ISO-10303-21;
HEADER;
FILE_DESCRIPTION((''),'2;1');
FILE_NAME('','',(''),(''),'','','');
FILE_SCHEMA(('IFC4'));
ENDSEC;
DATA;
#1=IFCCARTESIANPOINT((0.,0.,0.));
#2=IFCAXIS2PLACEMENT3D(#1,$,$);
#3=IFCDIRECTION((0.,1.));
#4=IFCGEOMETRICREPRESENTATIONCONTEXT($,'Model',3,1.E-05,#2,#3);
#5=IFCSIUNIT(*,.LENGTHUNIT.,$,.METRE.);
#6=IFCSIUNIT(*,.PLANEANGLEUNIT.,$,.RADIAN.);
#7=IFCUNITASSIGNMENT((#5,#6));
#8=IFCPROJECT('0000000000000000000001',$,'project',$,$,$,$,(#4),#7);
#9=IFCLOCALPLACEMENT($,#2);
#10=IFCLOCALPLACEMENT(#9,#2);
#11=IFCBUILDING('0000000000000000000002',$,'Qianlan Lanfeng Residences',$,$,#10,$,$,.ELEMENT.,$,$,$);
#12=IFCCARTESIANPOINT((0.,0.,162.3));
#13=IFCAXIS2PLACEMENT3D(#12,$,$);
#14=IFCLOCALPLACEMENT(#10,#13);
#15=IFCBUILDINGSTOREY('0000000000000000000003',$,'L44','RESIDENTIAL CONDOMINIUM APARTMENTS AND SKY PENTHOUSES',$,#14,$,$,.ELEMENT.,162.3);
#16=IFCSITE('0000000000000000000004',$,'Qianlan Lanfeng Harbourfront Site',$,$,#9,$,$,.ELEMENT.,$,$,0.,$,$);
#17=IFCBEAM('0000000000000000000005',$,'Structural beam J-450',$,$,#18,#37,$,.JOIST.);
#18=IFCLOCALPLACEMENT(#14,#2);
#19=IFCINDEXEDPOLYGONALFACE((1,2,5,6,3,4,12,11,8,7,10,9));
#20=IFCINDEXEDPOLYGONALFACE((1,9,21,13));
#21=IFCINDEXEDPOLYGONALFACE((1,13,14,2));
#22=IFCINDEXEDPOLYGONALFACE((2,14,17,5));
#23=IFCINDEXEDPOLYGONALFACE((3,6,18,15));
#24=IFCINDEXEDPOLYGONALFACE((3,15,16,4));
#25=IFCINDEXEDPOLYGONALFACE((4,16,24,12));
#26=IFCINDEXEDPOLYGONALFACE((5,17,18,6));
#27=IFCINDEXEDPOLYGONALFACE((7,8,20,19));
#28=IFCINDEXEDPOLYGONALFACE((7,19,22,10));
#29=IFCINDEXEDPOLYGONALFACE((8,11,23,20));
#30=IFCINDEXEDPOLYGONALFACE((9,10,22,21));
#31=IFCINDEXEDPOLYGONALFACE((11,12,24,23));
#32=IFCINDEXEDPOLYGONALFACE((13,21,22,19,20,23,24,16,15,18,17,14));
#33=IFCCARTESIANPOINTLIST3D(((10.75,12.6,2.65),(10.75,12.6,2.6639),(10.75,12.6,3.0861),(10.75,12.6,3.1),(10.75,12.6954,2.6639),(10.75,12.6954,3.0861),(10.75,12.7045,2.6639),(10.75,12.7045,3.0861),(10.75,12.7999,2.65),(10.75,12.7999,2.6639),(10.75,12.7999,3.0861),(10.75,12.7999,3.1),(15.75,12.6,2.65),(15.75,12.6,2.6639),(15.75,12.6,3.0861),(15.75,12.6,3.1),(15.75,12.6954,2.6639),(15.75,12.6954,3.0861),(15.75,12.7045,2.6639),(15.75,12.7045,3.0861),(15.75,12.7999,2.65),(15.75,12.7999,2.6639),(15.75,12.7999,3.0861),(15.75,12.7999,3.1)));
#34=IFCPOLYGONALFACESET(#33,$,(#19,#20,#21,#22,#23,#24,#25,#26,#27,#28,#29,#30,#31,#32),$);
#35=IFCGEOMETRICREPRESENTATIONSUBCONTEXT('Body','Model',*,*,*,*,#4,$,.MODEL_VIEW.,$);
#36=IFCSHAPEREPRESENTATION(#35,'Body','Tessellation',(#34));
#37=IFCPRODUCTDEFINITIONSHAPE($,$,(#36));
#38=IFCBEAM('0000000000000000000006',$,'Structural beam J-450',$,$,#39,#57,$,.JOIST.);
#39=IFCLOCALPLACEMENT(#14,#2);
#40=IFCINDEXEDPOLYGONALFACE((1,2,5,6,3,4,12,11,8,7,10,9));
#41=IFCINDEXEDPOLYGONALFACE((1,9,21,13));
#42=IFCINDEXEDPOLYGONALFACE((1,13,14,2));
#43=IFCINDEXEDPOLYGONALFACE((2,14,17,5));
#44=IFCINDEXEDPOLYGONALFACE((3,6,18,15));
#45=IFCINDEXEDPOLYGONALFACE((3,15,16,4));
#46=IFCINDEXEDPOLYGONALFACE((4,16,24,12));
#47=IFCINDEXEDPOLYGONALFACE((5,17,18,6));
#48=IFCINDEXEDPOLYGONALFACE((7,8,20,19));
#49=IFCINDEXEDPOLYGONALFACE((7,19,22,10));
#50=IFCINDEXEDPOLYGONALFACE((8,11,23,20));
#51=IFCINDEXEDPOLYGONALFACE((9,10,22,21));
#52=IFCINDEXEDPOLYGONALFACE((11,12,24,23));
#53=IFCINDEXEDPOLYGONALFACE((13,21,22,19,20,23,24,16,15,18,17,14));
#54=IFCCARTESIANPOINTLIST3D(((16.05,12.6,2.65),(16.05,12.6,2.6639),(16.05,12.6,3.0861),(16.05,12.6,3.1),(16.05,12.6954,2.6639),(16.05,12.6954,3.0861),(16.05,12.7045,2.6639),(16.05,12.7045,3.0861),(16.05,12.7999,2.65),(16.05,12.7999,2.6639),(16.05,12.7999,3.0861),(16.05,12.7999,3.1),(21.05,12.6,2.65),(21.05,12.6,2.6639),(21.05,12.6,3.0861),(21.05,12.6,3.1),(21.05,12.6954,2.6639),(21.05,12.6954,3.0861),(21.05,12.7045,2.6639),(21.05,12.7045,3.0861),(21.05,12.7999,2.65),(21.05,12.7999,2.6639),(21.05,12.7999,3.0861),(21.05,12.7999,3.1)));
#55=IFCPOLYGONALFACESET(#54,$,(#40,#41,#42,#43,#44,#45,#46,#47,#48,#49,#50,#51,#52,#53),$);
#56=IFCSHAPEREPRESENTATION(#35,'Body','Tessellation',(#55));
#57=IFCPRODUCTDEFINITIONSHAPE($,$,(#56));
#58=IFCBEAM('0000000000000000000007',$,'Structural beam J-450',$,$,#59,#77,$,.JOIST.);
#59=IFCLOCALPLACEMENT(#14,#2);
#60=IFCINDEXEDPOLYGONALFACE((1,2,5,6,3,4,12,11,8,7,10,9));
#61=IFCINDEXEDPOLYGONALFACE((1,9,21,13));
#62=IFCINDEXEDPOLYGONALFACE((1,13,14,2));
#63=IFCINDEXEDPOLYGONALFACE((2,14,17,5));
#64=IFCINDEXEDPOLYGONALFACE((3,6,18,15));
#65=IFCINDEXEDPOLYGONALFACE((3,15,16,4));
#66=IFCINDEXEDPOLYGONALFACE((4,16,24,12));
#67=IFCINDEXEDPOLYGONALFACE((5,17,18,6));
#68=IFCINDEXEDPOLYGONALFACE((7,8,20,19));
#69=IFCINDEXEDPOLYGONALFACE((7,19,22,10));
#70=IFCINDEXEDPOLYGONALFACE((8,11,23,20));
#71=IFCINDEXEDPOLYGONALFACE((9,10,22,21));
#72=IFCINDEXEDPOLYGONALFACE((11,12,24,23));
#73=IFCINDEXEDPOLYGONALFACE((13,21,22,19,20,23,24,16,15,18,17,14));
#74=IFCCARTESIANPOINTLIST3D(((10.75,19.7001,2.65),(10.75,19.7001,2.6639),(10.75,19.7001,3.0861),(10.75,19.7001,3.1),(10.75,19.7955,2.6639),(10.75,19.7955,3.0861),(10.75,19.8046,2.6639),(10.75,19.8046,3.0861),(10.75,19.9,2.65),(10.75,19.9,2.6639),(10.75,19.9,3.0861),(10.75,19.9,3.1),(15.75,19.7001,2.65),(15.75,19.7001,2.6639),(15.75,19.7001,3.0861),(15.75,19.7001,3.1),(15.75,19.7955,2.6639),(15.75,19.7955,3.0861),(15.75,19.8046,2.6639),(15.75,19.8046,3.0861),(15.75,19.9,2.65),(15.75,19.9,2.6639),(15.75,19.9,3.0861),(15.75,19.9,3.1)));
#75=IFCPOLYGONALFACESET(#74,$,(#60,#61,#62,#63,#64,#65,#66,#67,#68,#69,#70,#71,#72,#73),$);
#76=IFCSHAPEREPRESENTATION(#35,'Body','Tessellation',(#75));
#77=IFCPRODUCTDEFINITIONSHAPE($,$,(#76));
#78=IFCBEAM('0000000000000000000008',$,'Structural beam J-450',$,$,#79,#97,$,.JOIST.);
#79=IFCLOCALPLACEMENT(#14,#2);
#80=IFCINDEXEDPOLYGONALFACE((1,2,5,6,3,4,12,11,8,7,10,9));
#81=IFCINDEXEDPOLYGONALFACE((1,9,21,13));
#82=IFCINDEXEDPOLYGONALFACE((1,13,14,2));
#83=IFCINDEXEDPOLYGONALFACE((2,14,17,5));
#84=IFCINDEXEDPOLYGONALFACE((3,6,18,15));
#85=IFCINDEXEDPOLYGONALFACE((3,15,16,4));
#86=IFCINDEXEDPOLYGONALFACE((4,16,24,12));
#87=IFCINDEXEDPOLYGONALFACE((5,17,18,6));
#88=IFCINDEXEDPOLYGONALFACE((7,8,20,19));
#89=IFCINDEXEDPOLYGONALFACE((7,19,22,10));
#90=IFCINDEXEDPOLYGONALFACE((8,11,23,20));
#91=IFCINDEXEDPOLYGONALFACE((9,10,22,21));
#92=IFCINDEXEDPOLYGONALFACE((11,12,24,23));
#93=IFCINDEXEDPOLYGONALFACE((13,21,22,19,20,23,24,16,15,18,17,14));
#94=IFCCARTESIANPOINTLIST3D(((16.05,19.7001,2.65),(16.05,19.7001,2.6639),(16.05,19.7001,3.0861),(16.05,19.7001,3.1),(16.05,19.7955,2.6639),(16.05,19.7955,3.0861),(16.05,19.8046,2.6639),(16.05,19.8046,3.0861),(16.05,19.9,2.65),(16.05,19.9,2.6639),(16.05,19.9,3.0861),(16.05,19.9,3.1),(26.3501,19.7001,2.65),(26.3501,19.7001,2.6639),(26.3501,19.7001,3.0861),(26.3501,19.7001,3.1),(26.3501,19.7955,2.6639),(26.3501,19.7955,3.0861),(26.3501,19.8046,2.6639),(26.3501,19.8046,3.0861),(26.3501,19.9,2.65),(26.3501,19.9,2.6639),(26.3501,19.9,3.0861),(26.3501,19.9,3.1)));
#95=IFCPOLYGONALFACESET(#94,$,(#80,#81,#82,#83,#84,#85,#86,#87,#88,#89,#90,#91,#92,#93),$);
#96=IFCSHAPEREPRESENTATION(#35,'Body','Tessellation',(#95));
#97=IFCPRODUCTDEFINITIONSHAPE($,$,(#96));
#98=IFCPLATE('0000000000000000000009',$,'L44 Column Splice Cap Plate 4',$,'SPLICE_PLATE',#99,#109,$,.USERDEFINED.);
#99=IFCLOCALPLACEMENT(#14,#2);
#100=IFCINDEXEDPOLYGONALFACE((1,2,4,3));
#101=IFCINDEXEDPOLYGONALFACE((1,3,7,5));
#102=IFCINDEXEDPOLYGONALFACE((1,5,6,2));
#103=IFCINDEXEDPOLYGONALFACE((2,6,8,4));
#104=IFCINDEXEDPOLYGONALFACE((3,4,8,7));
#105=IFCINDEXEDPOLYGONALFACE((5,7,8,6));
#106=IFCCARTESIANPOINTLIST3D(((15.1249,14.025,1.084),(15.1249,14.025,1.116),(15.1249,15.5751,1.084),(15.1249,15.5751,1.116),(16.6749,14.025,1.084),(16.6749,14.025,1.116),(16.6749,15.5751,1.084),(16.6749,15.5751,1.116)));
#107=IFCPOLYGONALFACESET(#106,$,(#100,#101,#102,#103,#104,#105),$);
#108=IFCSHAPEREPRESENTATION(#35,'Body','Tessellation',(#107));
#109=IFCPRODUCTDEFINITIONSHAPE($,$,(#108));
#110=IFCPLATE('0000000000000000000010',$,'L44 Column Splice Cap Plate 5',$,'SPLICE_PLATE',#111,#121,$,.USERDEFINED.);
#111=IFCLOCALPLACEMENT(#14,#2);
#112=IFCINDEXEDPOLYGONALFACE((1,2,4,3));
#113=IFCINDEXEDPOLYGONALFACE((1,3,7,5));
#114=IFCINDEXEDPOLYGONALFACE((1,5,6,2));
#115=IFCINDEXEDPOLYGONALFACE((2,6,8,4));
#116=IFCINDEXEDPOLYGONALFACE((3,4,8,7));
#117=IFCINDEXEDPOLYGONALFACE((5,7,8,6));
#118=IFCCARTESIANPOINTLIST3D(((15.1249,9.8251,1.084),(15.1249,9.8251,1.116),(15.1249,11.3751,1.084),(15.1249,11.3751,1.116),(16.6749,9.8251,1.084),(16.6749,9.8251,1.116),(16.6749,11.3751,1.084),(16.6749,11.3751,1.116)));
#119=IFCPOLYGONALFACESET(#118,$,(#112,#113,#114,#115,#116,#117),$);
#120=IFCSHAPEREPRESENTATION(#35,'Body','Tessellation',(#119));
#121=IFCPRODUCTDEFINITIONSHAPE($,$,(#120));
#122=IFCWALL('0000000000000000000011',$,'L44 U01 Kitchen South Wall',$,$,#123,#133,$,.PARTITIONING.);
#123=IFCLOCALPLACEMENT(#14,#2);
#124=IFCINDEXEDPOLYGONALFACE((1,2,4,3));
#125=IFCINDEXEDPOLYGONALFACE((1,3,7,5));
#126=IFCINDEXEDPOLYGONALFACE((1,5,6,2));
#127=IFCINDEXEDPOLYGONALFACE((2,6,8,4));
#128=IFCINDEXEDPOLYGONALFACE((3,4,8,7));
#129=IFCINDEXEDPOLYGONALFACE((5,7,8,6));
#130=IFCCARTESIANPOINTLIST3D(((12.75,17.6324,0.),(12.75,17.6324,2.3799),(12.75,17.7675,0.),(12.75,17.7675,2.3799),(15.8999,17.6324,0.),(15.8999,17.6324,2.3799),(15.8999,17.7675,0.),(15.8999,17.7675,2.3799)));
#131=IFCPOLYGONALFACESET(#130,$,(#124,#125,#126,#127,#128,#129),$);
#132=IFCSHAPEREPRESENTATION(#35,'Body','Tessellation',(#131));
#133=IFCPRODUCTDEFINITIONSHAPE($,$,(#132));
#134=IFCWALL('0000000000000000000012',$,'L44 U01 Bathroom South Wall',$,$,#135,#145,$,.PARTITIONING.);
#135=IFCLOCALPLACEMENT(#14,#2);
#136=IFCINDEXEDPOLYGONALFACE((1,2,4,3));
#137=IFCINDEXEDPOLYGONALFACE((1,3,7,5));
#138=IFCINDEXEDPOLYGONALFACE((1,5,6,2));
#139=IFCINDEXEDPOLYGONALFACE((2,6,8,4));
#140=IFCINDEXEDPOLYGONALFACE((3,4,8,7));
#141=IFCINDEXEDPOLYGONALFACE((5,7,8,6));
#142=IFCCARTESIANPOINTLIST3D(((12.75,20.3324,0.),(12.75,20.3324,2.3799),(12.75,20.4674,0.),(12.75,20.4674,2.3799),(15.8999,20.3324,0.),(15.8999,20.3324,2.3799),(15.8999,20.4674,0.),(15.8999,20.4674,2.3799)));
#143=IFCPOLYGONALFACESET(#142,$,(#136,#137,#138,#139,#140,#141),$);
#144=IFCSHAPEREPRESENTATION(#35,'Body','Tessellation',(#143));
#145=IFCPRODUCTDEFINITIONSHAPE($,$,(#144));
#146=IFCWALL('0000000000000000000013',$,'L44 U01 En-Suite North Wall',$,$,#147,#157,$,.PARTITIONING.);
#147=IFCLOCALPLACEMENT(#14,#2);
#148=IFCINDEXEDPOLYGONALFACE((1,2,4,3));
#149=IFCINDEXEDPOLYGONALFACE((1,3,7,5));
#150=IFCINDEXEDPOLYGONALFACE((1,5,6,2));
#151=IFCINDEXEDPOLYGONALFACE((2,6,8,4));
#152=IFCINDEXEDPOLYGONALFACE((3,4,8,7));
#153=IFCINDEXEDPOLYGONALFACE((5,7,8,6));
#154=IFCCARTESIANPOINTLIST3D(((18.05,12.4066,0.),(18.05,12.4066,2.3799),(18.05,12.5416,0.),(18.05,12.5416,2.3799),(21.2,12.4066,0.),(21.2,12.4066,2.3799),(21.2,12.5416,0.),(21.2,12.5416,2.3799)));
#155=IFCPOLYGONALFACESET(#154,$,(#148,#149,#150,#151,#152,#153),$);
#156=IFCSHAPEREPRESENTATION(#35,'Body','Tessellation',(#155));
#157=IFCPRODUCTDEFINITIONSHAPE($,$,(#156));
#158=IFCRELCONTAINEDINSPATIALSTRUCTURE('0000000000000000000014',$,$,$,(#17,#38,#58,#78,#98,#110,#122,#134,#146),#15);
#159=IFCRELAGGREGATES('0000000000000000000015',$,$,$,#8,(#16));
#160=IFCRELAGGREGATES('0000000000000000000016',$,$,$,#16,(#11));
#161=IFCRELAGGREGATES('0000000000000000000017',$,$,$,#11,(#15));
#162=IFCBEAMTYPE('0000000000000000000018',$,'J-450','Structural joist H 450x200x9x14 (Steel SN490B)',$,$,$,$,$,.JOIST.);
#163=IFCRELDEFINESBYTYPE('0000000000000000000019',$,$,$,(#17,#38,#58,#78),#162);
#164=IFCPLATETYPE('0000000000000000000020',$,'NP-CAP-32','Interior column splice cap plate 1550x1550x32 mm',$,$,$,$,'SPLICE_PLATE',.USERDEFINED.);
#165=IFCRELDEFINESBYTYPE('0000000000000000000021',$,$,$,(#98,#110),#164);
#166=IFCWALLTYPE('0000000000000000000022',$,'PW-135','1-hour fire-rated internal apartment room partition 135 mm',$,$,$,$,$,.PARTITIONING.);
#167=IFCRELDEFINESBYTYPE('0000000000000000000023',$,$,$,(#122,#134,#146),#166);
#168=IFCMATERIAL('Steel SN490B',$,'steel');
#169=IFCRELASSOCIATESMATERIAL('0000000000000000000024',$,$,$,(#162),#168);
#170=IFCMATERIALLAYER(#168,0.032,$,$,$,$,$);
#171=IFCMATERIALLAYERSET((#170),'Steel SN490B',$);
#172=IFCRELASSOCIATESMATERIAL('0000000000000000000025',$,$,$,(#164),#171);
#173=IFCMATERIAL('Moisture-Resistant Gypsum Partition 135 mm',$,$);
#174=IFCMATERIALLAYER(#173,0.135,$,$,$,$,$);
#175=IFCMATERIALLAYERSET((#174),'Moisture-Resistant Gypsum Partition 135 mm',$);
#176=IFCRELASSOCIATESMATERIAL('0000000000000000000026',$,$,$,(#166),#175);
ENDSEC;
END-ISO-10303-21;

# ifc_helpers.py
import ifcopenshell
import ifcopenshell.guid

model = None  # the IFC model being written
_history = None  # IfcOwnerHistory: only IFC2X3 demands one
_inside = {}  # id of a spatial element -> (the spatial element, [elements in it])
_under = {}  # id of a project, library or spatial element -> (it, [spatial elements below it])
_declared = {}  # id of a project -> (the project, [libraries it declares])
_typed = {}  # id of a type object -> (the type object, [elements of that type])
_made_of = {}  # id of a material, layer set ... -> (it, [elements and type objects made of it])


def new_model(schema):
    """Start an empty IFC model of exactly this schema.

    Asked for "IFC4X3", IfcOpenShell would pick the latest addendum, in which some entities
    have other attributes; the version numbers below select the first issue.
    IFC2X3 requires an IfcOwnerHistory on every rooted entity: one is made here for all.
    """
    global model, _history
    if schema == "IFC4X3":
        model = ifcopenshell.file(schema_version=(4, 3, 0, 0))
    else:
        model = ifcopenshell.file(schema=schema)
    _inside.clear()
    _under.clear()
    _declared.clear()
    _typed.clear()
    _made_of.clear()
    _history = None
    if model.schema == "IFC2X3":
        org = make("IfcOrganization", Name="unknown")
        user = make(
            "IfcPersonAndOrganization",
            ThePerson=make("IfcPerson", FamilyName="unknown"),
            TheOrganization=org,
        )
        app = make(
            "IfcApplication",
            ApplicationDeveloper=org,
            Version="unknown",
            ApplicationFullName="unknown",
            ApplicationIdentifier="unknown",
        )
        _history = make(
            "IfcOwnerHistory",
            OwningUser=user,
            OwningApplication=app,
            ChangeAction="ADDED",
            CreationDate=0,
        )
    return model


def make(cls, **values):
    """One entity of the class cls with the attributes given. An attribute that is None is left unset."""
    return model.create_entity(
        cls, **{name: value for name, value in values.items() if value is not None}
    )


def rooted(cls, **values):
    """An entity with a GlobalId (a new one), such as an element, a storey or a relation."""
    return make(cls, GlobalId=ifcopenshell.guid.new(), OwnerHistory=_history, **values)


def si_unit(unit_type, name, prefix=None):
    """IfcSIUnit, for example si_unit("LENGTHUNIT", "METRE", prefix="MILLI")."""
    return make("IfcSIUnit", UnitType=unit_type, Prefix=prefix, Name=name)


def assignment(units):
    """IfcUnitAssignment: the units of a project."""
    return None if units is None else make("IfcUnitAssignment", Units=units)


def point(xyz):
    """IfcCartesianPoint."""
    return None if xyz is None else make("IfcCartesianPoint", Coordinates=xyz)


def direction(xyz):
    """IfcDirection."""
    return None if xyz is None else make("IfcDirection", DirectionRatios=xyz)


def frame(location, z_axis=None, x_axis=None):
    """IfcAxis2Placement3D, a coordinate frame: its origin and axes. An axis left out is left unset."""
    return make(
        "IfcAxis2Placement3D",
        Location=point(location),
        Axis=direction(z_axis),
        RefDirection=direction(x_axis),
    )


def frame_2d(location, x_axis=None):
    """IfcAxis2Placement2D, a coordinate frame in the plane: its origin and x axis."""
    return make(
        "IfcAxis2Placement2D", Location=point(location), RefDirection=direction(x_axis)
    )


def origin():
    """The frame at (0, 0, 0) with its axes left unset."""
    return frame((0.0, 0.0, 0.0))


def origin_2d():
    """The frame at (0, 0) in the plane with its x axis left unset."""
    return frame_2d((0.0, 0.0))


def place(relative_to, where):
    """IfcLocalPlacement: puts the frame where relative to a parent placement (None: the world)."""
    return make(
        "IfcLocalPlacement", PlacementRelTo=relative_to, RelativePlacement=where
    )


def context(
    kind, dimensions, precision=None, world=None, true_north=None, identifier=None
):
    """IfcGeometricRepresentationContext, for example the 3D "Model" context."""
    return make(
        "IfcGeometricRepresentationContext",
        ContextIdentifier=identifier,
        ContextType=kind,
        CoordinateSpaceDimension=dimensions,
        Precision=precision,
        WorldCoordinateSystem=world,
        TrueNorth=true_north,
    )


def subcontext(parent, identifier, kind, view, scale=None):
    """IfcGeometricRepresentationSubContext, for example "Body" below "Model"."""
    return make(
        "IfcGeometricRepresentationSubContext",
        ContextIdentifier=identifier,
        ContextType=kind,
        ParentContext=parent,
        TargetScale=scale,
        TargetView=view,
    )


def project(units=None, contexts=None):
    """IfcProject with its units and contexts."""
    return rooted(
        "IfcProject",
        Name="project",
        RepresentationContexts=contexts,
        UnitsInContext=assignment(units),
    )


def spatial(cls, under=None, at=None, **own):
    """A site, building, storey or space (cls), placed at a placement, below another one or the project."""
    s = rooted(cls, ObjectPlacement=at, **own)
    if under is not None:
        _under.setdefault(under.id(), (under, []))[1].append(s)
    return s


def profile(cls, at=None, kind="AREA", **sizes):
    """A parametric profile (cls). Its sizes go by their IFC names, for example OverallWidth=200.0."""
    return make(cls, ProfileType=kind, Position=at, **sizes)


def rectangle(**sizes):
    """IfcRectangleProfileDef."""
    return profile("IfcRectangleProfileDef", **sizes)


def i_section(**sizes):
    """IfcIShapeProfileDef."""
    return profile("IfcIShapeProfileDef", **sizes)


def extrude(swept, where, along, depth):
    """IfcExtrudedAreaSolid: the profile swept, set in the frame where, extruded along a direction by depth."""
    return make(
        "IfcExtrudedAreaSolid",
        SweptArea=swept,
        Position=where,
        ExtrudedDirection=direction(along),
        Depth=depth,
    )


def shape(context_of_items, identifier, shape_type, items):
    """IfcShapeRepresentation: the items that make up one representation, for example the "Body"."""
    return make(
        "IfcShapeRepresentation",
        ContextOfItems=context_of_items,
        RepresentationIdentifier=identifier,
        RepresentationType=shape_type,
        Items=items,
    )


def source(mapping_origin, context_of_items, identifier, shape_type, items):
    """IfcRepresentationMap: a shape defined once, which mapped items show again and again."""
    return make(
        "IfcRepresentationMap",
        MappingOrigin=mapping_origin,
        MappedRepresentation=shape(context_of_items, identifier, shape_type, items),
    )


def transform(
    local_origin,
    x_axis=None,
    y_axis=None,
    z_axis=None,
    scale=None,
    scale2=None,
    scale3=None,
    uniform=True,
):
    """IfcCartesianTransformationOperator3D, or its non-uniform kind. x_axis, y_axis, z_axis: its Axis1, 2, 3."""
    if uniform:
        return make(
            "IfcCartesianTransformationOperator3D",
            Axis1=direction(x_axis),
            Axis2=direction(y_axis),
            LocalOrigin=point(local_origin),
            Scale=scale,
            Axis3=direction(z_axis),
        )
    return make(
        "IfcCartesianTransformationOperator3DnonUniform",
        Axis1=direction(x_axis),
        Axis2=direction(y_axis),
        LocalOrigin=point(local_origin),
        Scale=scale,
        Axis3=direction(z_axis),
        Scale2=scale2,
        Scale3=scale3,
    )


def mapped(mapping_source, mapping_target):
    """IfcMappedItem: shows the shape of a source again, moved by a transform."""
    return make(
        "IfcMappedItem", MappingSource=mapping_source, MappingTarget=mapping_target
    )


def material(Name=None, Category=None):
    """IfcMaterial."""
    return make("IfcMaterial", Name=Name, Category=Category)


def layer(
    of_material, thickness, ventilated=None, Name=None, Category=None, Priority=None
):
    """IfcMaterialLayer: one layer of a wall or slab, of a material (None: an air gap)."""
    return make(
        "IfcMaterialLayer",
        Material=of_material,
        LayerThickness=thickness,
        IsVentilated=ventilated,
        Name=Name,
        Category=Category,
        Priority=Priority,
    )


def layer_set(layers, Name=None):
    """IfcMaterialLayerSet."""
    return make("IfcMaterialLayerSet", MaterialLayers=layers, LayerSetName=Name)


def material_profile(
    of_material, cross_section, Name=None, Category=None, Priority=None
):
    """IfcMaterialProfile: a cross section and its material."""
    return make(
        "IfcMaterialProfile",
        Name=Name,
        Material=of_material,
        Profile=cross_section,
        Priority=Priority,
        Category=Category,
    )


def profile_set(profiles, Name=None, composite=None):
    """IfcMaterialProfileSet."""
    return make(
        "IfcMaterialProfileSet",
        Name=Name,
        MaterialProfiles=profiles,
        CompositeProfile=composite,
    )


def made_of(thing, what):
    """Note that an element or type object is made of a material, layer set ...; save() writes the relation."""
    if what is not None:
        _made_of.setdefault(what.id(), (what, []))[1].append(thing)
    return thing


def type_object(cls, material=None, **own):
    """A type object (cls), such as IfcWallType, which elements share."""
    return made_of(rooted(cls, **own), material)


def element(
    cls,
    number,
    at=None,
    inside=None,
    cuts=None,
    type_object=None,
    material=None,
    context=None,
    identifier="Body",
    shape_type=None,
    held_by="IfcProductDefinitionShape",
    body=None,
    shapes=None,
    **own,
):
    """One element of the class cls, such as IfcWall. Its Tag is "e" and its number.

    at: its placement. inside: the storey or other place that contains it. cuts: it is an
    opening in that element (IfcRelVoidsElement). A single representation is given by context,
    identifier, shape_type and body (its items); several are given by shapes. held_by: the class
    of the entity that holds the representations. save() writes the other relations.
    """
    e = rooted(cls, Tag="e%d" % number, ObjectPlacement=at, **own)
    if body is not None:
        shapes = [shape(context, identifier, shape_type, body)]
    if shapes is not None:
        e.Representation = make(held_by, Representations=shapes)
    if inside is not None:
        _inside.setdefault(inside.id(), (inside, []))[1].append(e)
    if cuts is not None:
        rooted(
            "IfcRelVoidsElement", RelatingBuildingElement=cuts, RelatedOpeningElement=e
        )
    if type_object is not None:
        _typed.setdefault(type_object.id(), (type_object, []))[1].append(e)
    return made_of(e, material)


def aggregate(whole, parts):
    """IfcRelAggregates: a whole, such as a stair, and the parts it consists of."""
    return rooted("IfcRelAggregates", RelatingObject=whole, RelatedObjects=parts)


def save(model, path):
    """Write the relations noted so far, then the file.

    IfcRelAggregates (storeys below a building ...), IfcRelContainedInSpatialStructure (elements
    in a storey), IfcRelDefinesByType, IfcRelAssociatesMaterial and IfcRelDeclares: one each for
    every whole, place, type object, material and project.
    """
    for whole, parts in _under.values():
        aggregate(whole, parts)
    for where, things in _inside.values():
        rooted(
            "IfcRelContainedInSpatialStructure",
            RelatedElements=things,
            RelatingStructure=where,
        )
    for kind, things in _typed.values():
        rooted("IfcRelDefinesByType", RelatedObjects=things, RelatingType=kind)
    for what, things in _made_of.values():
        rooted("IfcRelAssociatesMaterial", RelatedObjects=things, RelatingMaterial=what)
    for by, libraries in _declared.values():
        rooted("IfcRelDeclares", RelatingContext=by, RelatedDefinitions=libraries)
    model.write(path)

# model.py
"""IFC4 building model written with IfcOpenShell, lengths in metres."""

from ifc_helpers import new_model, si_unit, direction, frame, frame_2d, origin, origin_2d, place, context, subcontext, project, spatial, rectangle, i_section, extrude, source, transform, mapped, material, layer, layer_set, material_profile, profile_set, type_object, element, save


model = new_model("IFC4")

# Units and contexts
model_context = context("Model", 3, precision=1e-05, world=origin(), true_north=direction((0.0, 1.0)))
body_context = subcontext(model_context, "Body", "Model", "MODEL_VIEW")
ifc_project = project(units=[si_unit("LENGTHUNIT", "METRE"), si_unit("PLANEANGLEUNIT", "RADIAN")], contexts=[model_context])

# Site, building, storey
site_placement = place(None, origin())
site = spatial("IfcSite", under=ifc_project, at=site_placement, Name="Qianlan Lanfeng Harbourfront Site", CompositionType="ELEMENT", RefElevation=0.0)
building_placement = place(site_placement, origin())
building = spatial("IfcBuilding", under=site, at=building_placement, Name="Qianlan Lanfeng Residences", CompositionType="ELEMENT")
storey_placement = place(building_placement, frame((0.0, 0.0, 162.3)))
storey = spatial("IfcBuildingStorey", under=building, at=storey_placement, Name="L44", Description="RESIDENTIAL CONDOMINIUM APARTMENTS AND SKY PENTHOUSES", CompositionType="ELEMENT", Elevation=162.3)

# Shared definitions
ifc_material_1 = material(Name="Steel SN490B", Category="steel")

# Beams
ifc_material_profile_1 = material_profile(ifc_material_1, i_section(OverallWidth=0.2, OverallDepth=0.45, WebThickness=0.009, FlangeThickness=0.0139, at=origin_2d()), Name="H 450x200x9x14")
ifc_profile_set_1 = profile_set([ifc_material_profile_1], Name="Steel SN490B")
beam_type_1 = type_object("IfcBeamType", Name="J-450", Description="Structural joist H 450x200x9x14 (Steel SN490B)", PredefinedType="JOIST", material=ifc_profile_set_1)
for number, where, z_axis, x_axis, name in (
    (1, (10.75, 12.7, 2.875), (1.0, 0.0, 0.0), (0.0, 1.0, 0.0), "Structural beam J-450"),
    (2, (16.05, 12.7, 2.875), (1.0, 0.0, 0.0), (0.0, 1.0, 0.0), "Structural beam J-450"),
    (3, (10.75, 19.8, 2.875), (1.0, 0.0, 0.0), (0.0, 1.0, 0.0), "Structural beam J-450"),
):
    element("IfcBeam", number, at=place(storey_placement, frame(where, z_axis=z_axis, x_axis=x_axis)), inside=storey, type_object=beam_type_1, Name=name, PredefinedType="JOIST", context=body_context, shape_type="SweptSolid", body=[
        extrude(i_section(OverallWidth=0.2, OverallDepth=0.45, WebThickness=0.009, FlangeThickness=0.0139, at=origin_2d()), origin(), (0.0, 0.0, 1.0), 5.0),
    ])
beam_1_placement = place(storey_placement, frame((16.05, 19.8, 2.875), z_axis=(1.0, 0.0, 0.0), x_axis=(0.0, 1.0, 0.0)))
element("IfcBeam", 4, at=beam_1_placement, inside=storey, type_object=beam_type_1, Name="Structural beam J-450", PredefinedType="JOIST", context=body_context, shape_type="SweptSolid", body=[
    extrude(i_section(OverallWidth=0.2, OverallDepth=0.45, WebThickness=0.009, FlangeThickness=0.0139, at=origin_2d()), origin(), (0.0, 0.0, 1.0), 10.3),
])

# Plates
ifc_layer_1 = layer(ifc_material_1, 0.032)
ifc_layer_set_1 = layer_set([ifc_layer_1], Name="Steel SN490B")
plate_type = type_object("IfcPlateType", Name="NP-CAP-32", Description="Interior column splice cap plate 1550x1550x32 mm", ElementType="SPLICE_PLATE", PredefinedType="USERDEFINED", material=ifc_layer_set_1)
shared_shape = source(origin(), body_context, "Body", "SweptSolid", [
    extrude(rectangle(XDim=1.55, YDim=1.55, at=origin_2d()), origin(), (0.0, 0.0, 1.0), 0.032),
])
for number, where, z_axis, x_axis, name in (
    (5, (15.8999, 14.8, 1.084), (0.0, 0.0, 1.0), (1.0, 0.0, 0.0), "L44 Column Splice Cap Plate 4"),
    (6, (15.8999, 10.6001, 1.084), (0.0, 0.0, 1.0), (1.0, 0.0, 0.0), "L44 Column Splice Cap Plate 5"),
):
    element("IfcPlate", number, at=place(storey_placement, frame(where, z_axis=z_axis, x_axis=x_axis)), inside=storey, type_object=plate_type, Name=name, ObjectType="SPLICE_PLATE", PredefinedType="USERDEFINED", context=body_context, shape_type="MappedRepresentation", body=[
        mapped(shared_shape, transform((0.0, 0.0, 0.0), scale=1.0)),
    ])

# Shared definitions
ifc_material_2 = material(Name="Moisture-Resistant Gypsum Partition 135 mm")
ifc_layer_2 = layer(ifc_material_2, 0.135)
ifc_layer_set_2 = layer_set([ifc_layer_2], Name="Moisture-Resistant Gypsum Partition 135 mm")
wall_type_1 = type_object("IfcWallType", Name="PW-135", Description="1-hour fire-rated internal apartment room partition 135 mm", PredefinedType="PARTITIONING", material=ifc_layer_set_2)

# Walls
for number, where, z_axis, x_axis, name in (
    (7, (12.75, 17.7, 0.0), (0.0, 0.0, 1.0), (1.0, 0.0, 0.0), "L44 U01 Kitchen South Wall"),
    (8, (12.75, 20.3999, 0.0), (0.0, 0.0, 1.0), (1.0, 0.0, 0.0), "L44 U01 Bathroom South Wall"),
    (9, (18.05, 12.4741, 0.0), (0.0, 0.0, 1.0), (1.0, 0.0, 0.0), "L44 U01 En-Suite North Wall"),
):
    element("IfcWall", number, at=place(storey_placement, frame(where, z_axis=z_axis, x_axis=x_axis)), inside=storey, type_object=wall_type_1, Name=name, PredefinedType="PARTITIONING", context=body_context, shape_type="SweptSolid", body=[
        extrude(rectangle(XDim=3.1499, YDim=0.135, at=frame_2d((1.575, 0.0))), origin(), (0.0, 0.0, 1.0), 2.3799),
    ])

save(model, "model.ifc")
